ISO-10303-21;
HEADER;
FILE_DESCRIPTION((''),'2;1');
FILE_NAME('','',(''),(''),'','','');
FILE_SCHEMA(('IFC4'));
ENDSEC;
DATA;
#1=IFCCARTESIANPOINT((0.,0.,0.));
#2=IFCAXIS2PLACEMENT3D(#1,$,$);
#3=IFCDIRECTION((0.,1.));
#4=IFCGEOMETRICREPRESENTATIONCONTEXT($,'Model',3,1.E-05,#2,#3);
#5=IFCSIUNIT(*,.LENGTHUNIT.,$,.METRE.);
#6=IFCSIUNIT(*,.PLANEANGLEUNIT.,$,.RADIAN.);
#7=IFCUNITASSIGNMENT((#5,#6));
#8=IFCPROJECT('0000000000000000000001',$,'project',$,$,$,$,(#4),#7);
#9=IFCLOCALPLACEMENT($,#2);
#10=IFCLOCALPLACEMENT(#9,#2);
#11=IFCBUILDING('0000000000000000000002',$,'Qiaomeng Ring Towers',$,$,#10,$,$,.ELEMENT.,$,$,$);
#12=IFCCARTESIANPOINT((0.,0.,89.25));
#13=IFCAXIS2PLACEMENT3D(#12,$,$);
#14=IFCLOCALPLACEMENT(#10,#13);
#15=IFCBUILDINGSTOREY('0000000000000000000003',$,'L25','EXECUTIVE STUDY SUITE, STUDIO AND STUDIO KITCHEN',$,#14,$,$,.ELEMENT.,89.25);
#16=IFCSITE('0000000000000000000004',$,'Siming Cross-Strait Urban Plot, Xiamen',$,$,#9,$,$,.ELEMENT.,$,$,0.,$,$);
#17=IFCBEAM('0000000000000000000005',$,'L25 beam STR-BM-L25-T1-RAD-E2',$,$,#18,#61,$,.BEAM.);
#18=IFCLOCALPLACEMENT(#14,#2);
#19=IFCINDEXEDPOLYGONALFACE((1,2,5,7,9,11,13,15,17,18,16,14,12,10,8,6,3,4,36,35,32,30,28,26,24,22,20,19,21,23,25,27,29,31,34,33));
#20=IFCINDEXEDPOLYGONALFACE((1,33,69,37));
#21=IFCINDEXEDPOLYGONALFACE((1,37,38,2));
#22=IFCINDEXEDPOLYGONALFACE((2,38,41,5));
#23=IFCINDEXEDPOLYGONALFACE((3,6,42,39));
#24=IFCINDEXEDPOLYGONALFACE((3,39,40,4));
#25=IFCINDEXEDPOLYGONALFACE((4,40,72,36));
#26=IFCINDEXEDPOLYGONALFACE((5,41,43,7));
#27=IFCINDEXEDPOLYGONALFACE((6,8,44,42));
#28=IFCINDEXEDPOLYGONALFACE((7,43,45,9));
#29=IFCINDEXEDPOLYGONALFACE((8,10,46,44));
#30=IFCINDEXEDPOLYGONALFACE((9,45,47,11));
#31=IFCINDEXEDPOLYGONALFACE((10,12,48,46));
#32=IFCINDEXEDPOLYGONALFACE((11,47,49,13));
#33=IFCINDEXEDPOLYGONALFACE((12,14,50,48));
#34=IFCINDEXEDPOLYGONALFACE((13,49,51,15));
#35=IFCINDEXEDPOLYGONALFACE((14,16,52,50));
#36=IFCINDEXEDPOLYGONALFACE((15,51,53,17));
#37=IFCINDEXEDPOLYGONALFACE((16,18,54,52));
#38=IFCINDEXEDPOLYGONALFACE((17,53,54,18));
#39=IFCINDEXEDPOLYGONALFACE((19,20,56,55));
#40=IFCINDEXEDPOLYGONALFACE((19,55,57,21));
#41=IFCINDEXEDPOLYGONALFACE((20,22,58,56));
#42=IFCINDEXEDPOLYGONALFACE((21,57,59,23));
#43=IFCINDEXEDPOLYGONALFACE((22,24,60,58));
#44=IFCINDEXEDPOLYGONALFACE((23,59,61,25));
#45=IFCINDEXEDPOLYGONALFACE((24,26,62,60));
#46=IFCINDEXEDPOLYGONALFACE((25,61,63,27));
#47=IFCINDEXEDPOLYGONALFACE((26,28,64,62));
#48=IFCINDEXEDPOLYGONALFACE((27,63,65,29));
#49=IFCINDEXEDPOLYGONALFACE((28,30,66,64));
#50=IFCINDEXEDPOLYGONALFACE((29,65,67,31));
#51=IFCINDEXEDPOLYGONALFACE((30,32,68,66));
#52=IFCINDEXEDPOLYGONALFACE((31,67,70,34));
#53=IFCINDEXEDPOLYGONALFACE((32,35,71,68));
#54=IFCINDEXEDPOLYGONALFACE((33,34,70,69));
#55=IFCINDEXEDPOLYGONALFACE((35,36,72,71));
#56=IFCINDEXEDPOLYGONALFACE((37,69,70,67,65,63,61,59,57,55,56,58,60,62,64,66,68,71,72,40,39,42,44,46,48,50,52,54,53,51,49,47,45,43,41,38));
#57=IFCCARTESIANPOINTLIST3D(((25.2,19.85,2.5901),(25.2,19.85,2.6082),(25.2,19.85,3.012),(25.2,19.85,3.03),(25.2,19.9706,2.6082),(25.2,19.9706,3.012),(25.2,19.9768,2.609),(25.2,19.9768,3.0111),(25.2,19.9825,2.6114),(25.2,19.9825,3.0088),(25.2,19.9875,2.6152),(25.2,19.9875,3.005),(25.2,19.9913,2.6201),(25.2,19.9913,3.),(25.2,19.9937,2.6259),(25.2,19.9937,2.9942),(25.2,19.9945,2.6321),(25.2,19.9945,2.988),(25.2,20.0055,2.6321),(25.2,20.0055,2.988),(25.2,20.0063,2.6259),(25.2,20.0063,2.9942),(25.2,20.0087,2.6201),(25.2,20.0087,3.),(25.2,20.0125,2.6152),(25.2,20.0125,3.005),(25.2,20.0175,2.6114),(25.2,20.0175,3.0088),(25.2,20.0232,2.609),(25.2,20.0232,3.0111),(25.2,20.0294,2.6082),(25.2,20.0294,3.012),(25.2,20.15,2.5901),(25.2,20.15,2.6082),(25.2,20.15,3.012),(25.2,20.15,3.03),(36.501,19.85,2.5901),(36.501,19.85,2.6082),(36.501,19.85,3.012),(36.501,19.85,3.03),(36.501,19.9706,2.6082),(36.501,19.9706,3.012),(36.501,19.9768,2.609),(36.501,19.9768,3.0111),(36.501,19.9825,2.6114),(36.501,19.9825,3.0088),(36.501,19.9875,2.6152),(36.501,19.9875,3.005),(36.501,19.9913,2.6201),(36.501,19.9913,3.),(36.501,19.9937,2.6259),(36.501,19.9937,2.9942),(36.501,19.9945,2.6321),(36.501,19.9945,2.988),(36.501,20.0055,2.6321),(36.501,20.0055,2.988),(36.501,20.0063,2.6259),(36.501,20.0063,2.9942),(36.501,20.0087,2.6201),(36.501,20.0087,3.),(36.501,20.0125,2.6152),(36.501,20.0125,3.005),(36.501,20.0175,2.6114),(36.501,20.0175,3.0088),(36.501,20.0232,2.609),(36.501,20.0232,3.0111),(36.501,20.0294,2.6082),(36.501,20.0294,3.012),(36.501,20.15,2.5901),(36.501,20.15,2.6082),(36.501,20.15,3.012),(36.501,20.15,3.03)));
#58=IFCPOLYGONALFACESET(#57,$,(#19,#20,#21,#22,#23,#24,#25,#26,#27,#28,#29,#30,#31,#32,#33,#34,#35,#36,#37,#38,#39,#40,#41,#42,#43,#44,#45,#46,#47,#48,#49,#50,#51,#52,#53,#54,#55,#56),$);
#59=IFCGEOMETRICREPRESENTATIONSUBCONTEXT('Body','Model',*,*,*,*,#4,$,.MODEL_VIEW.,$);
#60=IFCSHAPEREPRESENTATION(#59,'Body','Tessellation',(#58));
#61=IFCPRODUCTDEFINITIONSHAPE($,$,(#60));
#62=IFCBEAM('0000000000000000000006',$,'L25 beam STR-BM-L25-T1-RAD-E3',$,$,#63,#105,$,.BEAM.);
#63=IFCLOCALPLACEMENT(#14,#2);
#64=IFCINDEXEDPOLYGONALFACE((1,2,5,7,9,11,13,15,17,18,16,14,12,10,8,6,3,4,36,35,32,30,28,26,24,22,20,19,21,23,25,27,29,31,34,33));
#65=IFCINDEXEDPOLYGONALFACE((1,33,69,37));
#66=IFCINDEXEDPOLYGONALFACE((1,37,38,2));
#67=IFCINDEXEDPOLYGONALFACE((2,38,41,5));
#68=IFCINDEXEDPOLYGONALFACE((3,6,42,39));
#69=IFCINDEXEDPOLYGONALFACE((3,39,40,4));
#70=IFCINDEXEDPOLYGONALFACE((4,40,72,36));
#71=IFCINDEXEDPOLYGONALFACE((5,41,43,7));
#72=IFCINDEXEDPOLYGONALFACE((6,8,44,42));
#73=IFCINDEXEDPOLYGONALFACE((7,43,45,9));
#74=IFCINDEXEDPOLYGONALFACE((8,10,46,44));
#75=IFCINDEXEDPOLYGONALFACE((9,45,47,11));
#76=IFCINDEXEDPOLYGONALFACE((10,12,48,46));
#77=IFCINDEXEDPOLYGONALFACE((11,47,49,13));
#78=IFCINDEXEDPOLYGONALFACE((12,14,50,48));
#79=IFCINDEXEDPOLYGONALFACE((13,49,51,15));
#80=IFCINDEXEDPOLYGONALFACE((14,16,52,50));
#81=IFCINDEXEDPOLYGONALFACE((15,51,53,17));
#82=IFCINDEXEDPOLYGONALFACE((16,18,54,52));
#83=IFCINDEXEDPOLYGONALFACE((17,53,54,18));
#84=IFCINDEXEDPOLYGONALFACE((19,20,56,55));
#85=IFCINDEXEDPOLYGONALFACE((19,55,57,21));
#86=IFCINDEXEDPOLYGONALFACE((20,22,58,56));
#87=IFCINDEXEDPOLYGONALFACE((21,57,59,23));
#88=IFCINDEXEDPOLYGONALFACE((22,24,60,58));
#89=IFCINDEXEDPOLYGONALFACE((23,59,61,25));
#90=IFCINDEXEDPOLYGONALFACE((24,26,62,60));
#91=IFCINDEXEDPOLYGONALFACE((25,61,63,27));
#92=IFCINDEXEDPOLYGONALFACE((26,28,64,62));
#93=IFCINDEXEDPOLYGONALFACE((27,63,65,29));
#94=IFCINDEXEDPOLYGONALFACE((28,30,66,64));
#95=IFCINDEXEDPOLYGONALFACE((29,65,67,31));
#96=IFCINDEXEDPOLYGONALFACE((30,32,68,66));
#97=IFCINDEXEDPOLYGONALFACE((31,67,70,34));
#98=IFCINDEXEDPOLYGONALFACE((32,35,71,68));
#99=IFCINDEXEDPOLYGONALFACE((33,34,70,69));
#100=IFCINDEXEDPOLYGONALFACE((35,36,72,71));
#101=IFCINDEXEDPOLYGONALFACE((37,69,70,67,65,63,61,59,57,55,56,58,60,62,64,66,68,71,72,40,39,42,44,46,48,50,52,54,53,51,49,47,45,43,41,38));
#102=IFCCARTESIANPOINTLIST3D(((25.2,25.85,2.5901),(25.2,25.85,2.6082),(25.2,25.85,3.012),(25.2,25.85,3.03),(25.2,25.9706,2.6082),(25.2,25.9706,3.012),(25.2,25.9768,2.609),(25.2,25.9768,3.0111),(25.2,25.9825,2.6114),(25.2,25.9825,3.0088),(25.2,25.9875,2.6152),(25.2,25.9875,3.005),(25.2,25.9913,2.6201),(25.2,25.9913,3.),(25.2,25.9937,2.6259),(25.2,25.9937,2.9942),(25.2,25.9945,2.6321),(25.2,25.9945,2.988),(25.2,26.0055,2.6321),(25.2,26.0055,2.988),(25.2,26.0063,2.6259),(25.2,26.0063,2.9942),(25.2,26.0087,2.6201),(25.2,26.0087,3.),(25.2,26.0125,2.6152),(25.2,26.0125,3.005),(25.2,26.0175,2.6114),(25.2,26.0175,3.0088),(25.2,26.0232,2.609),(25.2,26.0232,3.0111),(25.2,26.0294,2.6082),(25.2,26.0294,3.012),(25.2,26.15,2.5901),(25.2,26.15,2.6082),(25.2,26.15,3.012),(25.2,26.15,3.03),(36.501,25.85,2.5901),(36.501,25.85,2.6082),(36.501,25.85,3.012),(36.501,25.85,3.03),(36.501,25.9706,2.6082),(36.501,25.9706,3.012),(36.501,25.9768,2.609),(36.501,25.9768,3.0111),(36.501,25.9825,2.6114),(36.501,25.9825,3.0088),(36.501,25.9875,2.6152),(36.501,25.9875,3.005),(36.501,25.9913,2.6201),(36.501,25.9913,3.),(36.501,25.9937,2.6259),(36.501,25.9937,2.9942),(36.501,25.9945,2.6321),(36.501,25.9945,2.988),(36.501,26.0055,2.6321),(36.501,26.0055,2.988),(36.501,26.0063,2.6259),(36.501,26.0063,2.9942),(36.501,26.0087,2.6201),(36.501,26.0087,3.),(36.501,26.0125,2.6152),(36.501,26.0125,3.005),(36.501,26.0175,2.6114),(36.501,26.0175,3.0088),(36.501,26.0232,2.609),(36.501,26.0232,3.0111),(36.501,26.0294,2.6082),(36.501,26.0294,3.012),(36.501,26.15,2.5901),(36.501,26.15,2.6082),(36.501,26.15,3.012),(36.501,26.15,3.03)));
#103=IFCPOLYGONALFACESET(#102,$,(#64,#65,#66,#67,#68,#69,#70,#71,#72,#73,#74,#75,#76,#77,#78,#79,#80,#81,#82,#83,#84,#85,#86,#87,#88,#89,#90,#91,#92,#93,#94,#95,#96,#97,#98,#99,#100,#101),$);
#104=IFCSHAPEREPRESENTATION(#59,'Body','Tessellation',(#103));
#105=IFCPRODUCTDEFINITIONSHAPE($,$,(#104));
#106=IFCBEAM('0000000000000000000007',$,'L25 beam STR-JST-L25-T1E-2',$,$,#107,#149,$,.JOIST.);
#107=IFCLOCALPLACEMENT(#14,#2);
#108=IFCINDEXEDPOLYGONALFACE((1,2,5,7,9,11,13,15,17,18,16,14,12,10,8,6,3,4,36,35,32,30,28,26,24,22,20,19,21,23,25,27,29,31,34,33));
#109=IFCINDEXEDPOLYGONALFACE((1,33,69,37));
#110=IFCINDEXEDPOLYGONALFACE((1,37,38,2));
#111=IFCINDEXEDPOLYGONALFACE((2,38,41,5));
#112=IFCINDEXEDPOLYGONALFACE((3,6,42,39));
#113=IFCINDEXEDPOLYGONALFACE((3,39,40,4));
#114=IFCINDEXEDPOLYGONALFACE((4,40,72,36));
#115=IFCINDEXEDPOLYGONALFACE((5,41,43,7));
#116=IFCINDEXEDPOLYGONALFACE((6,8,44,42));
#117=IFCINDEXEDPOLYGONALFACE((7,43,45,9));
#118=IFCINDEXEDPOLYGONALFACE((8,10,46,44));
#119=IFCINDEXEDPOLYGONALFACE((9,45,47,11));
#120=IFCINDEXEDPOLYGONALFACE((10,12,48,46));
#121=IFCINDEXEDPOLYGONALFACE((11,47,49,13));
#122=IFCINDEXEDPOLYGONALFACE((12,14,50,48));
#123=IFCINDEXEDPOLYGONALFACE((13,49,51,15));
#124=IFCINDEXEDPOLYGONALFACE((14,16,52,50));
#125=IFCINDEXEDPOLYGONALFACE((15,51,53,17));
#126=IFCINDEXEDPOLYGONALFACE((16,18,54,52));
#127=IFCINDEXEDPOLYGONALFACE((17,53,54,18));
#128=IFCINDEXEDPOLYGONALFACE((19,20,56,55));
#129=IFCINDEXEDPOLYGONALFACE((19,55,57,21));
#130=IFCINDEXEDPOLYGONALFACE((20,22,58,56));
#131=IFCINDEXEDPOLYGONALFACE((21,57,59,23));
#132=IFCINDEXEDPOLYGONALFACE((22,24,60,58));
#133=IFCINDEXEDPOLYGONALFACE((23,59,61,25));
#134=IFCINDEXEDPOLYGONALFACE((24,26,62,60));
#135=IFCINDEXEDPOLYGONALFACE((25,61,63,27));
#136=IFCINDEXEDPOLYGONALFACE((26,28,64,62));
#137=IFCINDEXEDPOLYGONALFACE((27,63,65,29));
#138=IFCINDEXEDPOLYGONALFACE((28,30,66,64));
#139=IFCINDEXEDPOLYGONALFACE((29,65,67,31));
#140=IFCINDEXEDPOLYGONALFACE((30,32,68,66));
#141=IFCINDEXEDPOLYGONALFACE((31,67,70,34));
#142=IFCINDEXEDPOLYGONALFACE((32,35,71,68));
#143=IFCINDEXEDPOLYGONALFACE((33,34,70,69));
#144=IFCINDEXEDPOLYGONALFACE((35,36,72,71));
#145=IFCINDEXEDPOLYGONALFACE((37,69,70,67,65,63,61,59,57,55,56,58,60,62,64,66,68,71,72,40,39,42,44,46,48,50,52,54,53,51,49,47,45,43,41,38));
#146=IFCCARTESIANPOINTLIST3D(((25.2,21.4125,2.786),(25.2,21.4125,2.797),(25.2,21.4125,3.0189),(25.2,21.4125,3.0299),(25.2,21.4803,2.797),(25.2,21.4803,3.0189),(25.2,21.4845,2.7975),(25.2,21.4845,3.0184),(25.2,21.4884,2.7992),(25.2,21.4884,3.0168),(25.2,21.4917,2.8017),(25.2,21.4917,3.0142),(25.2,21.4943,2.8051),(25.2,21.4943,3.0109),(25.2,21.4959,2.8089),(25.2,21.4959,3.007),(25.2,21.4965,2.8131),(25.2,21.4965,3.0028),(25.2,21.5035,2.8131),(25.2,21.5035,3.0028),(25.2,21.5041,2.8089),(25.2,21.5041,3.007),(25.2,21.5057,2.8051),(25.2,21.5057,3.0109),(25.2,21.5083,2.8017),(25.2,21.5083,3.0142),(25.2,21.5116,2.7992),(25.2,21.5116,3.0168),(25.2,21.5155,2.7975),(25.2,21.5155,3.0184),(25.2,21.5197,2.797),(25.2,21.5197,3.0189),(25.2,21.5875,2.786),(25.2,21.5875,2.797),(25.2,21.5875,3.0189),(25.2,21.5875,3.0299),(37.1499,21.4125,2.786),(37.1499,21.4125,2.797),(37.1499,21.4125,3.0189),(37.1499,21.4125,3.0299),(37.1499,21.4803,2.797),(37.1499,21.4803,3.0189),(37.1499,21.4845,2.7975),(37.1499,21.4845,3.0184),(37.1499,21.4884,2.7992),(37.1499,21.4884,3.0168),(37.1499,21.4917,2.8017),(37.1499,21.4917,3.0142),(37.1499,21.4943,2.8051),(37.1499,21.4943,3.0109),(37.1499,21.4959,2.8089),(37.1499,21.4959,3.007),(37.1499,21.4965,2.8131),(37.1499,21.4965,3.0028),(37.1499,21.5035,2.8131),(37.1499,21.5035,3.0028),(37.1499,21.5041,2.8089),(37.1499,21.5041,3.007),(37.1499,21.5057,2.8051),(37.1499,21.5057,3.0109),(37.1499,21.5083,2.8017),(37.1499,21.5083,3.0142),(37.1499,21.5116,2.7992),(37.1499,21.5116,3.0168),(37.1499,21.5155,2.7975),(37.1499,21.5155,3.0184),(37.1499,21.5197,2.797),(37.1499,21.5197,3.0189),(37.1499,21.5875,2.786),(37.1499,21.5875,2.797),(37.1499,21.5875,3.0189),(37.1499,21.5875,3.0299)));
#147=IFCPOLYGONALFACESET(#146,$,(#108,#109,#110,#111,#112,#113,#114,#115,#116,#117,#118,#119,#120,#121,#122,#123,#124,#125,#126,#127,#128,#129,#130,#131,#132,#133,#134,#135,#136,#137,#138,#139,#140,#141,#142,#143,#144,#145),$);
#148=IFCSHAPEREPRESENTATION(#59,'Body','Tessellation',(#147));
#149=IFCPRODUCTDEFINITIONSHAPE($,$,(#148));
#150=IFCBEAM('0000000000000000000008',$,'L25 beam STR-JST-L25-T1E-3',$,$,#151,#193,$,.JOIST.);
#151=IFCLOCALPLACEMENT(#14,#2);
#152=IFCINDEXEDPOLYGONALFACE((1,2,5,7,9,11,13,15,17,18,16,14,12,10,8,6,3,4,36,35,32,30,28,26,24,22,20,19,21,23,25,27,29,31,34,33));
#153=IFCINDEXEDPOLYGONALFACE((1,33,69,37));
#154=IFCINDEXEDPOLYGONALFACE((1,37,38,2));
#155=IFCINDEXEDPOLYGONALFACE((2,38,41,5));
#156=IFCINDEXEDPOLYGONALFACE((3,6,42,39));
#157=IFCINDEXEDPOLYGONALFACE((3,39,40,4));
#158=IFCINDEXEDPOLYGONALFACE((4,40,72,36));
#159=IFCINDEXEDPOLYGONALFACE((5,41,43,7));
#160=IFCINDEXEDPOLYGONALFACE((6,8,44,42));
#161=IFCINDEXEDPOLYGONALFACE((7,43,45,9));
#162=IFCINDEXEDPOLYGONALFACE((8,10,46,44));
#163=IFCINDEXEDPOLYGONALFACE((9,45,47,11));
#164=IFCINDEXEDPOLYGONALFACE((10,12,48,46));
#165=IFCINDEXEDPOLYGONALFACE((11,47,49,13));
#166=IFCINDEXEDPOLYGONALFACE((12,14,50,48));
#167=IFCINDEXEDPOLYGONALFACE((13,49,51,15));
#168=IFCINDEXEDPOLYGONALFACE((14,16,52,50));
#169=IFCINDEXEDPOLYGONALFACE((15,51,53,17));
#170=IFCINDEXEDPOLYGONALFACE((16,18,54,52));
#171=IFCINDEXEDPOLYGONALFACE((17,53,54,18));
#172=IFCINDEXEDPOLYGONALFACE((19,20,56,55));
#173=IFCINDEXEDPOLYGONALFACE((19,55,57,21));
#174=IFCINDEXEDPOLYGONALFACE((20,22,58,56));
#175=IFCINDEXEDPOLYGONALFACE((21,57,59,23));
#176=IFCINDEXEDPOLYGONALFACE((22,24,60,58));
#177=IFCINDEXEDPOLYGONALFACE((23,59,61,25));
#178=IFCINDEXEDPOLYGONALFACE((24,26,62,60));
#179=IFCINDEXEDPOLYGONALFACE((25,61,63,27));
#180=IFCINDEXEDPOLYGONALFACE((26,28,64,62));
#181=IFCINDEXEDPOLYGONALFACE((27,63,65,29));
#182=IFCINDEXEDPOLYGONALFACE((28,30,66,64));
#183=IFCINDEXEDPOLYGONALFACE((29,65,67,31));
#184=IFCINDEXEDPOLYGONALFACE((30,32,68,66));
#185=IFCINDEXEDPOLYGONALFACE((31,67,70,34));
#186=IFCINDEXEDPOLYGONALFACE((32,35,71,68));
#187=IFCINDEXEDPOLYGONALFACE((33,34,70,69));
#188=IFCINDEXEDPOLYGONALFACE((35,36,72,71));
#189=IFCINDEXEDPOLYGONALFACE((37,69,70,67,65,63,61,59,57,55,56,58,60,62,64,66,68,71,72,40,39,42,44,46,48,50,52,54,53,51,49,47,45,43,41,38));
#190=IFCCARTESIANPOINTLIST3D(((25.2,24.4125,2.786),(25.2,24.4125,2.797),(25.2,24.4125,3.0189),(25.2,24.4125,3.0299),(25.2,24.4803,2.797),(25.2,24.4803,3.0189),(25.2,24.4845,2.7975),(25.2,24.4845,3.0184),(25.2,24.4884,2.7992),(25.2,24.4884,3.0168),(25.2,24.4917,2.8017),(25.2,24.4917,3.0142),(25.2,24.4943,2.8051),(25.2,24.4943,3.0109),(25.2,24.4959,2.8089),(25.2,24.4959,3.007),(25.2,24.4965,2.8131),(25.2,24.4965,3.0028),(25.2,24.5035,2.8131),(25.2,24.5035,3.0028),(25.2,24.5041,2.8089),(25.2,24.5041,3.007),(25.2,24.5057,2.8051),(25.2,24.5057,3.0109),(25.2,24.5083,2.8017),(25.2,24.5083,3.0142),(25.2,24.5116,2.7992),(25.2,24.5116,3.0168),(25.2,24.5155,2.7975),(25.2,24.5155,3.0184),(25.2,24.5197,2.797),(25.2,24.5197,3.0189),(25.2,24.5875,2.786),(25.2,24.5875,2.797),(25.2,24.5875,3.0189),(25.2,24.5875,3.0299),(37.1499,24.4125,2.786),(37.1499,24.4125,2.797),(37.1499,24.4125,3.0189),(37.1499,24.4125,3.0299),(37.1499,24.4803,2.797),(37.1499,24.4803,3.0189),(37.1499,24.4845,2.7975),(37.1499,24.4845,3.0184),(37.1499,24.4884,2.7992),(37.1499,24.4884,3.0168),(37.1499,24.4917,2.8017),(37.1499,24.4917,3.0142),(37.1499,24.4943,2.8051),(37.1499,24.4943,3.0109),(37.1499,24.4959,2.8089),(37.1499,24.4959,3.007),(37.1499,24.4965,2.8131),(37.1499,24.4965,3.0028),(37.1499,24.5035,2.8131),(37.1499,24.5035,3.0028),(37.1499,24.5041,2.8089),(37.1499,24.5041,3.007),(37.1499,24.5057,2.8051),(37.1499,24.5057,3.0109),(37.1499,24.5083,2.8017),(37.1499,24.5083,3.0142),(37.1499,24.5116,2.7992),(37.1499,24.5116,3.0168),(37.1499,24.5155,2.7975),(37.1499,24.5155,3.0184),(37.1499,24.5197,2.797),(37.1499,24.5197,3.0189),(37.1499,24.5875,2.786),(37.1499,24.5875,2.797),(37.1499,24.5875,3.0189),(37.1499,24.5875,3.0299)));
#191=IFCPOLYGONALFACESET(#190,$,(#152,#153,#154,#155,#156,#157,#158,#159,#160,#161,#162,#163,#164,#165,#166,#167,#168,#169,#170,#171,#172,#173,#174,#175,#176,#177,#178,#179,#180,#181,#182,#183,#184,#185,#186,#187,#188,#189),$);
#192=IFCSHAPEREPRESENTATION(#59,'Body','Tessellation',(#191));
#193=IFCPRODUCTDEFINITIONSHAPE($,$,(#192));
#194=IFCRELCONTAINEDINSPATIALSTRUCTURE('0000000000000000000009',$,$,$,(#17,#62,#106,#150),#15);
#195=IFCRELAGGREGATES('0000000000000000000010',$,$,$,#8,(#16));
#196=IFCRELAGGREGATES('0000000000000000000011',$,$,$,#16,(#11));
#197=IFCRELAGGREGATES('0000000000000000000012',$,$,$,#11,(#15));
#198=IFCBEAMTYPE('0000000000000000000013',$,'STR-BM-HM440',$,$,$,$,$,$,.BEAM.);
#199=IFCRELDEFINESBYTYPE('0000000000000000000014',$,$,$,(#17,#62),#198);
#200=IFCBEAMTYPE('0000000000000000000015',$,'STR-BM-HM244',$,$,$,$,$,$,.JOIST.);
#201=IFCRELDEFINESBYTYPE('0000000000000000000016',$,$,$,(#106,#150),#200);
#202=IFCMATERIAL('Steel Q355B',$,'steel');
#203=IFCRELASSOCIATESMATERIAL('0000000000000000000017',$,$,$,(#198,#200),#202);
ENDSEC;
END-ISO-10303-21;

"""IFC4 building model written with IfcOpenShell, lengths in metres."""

from ifc_helpers import new_model, si_unit, direction, frame, origin, origin_2d, place, context, subcontext, project, spatial, i_section, extrude, source, transform, mapped, material, material_profile, profile_set, type_object, element, save


model = new_model("IFC4")

# Units and contexts
model_context = context("Model", 3, precision=1e-05, world=origin(), true_north=direction((0.0, 1.0)))
body_context = subcontext(model_context, "Body", "Model", "MODEL_VIEW")
ifc_project = project(units=[si_unit("LENGTHUNIT", "METRE"), si_unit("PLANEANGLEUNIT", "RADIAN")], contexts=[model_context])

# Site, building, storey
site_placement = place(None, origin())
site = spatial("IfcSite", under=ifc_project, at=site_placement, Name="Siming Cross-Strait Urban Plot, Xiamen", CompositionType="ELEMENT", RefElevation=0.0)
building_placement = place(site_placement, origin())
building = spatial("IfcBuilding", under=site, at=building_placement, Name="Qiaomeng Ring Towers", CompositionType="ELEMENT")
storey_placement = place(building_placement, frame((0.0, 0.0, 89.25)))
storey = spatial("IfcBuildingStorey", under=building, at=storey_placement, Name="L25", Description="EXECUTIVE STUDY SUITE, STUDIO AND STUDIO KITCHEN", CompositionType="ELEMENT", Elevation=89.25)

# Beams
ifc_material_1 = material(Name="Steel Q355B", Category="steel")
ifc_material_profile_1 = material_profile(ifc_material_1, i_section(OverallWidth=0.3, OverallDepth=0.4399, WebThickness=0.011, FlangeThickness=0.0181, FilletRadius=0.0239, at=origin_2d()), Name="HM 440x300x11x18")
ifc_profile_set_1 = profile_set([ifc_material_profile_1], Name="Steel Q355B")
beam_type_1 = type_object("IfcBeamType", Name="STR-BM-HM440", PredefinedType="BEAM", material=ifc_profile_set_1)
shared_shape_1 = source(origin(), body_context, "Body", "SweptSolid", [
    extrude(i_section(OverallWidth=0.3, OverallDepth=0.4399, WebThickness=0.011, FlangeThickness=0.0181, FilletRadius=0.0239, at=origin_2d()), origin(), (0.0, 0.0, 1.0), 11.301),
])
for number, where, z_axis, x_axis, name in (
    (1, (25.2, 20.0, 2.8101), (1.0, 0.0, 0.0), (0.0, 1.0, 0.0), "L25 beam STR-BM-L25-T1-RAD-E2"),
    (2, (25.2, 26.0, 2.8101), (1.0, 0.0, 0.0), (0.0, 1.0, 0.0), "L25 beam STR-BM-L25-T1-RAD-E3"),
):
    element("IfcBeam", number, at=place(storey_placement, frame(where, z_axis=z_axis, x_axis=x_axis)), inside=storey, type_object=beam_type_1, Name=name, PredefinedType="BEAM", context=body_context, shape_type="MappedRepresentation", body=[
        mapped(shared_shape_1, transform((0.0, 0.0, 0.0), x_axis=(1.0, 0.0, 0.0), y_axis=(0.0, 1.0, 0.0), z_axis=(0.0, 0.0, 1.0), scale=1.0)),
    ])
ifc_material_profile_2 = material_profile(ifc_material_1, i_section(OverallWidth=0.175, OverallDepth=0.2439, WebThickness=0.0071, FlangeThickness=0.011, FilletRadius=0.0161, at=origin_2d()), Name="HM 244x175x7x11")
ifc_profile_set_2 = profile_set([ifc_material_profile_2], Name="Steel Q355B")
beam_type_2 = type_object("IfcBeamType", Name="STR-BM-HM244", PredefinedType="JOIST", material=ifc_profile_set_2)
shared_shape_2 = source(origin(), body_context, "Body", "SweptSolid", [
    extrude(i_section(OverallWidth=0.175, OverallDepth=0.2439, WebThickness=0.0071, FlangeThickness=0.011, FilletRadius=0.0161, at=origin_2d()), origin(), (0.0, 0.0, 1.0), 11.95),
])
for number, where, z_axis, x_axis, name in (
    (3, (25.2, 21.5, 2.908), (1.0, 0.0, 0.0), (0.0, 1.0, 0.0), "L25 beam STR-JST-L25-T1E-2"),
    (4, (25.2, 24.5, 2.908), (1.0, 0.0, 0.0), (0.0, 1.0, 0.0), "L25 beam STR-JST-L25-T1E-3"),
):
    element("IfcBeam", number, at=place(storey_placement, frame(where, z_axis=z_axis, x_axis=x_axis)), inside=storey, type_object=beam_type_2, Name=name, PredefinedType="JOIST", context=body_context, shape_type="MappedRepresentation", body=[
        mapped(shared_shape_2, transform((0.0, 0.0, 0.0), x_axis=(1.0, 0.0, 0.0), y_axis=(0.0, 1.0, 0.0), z_axis=(0.0, 0.0, 1.0), scale=1.0)),
    ])

save(model, "model.ifc")
